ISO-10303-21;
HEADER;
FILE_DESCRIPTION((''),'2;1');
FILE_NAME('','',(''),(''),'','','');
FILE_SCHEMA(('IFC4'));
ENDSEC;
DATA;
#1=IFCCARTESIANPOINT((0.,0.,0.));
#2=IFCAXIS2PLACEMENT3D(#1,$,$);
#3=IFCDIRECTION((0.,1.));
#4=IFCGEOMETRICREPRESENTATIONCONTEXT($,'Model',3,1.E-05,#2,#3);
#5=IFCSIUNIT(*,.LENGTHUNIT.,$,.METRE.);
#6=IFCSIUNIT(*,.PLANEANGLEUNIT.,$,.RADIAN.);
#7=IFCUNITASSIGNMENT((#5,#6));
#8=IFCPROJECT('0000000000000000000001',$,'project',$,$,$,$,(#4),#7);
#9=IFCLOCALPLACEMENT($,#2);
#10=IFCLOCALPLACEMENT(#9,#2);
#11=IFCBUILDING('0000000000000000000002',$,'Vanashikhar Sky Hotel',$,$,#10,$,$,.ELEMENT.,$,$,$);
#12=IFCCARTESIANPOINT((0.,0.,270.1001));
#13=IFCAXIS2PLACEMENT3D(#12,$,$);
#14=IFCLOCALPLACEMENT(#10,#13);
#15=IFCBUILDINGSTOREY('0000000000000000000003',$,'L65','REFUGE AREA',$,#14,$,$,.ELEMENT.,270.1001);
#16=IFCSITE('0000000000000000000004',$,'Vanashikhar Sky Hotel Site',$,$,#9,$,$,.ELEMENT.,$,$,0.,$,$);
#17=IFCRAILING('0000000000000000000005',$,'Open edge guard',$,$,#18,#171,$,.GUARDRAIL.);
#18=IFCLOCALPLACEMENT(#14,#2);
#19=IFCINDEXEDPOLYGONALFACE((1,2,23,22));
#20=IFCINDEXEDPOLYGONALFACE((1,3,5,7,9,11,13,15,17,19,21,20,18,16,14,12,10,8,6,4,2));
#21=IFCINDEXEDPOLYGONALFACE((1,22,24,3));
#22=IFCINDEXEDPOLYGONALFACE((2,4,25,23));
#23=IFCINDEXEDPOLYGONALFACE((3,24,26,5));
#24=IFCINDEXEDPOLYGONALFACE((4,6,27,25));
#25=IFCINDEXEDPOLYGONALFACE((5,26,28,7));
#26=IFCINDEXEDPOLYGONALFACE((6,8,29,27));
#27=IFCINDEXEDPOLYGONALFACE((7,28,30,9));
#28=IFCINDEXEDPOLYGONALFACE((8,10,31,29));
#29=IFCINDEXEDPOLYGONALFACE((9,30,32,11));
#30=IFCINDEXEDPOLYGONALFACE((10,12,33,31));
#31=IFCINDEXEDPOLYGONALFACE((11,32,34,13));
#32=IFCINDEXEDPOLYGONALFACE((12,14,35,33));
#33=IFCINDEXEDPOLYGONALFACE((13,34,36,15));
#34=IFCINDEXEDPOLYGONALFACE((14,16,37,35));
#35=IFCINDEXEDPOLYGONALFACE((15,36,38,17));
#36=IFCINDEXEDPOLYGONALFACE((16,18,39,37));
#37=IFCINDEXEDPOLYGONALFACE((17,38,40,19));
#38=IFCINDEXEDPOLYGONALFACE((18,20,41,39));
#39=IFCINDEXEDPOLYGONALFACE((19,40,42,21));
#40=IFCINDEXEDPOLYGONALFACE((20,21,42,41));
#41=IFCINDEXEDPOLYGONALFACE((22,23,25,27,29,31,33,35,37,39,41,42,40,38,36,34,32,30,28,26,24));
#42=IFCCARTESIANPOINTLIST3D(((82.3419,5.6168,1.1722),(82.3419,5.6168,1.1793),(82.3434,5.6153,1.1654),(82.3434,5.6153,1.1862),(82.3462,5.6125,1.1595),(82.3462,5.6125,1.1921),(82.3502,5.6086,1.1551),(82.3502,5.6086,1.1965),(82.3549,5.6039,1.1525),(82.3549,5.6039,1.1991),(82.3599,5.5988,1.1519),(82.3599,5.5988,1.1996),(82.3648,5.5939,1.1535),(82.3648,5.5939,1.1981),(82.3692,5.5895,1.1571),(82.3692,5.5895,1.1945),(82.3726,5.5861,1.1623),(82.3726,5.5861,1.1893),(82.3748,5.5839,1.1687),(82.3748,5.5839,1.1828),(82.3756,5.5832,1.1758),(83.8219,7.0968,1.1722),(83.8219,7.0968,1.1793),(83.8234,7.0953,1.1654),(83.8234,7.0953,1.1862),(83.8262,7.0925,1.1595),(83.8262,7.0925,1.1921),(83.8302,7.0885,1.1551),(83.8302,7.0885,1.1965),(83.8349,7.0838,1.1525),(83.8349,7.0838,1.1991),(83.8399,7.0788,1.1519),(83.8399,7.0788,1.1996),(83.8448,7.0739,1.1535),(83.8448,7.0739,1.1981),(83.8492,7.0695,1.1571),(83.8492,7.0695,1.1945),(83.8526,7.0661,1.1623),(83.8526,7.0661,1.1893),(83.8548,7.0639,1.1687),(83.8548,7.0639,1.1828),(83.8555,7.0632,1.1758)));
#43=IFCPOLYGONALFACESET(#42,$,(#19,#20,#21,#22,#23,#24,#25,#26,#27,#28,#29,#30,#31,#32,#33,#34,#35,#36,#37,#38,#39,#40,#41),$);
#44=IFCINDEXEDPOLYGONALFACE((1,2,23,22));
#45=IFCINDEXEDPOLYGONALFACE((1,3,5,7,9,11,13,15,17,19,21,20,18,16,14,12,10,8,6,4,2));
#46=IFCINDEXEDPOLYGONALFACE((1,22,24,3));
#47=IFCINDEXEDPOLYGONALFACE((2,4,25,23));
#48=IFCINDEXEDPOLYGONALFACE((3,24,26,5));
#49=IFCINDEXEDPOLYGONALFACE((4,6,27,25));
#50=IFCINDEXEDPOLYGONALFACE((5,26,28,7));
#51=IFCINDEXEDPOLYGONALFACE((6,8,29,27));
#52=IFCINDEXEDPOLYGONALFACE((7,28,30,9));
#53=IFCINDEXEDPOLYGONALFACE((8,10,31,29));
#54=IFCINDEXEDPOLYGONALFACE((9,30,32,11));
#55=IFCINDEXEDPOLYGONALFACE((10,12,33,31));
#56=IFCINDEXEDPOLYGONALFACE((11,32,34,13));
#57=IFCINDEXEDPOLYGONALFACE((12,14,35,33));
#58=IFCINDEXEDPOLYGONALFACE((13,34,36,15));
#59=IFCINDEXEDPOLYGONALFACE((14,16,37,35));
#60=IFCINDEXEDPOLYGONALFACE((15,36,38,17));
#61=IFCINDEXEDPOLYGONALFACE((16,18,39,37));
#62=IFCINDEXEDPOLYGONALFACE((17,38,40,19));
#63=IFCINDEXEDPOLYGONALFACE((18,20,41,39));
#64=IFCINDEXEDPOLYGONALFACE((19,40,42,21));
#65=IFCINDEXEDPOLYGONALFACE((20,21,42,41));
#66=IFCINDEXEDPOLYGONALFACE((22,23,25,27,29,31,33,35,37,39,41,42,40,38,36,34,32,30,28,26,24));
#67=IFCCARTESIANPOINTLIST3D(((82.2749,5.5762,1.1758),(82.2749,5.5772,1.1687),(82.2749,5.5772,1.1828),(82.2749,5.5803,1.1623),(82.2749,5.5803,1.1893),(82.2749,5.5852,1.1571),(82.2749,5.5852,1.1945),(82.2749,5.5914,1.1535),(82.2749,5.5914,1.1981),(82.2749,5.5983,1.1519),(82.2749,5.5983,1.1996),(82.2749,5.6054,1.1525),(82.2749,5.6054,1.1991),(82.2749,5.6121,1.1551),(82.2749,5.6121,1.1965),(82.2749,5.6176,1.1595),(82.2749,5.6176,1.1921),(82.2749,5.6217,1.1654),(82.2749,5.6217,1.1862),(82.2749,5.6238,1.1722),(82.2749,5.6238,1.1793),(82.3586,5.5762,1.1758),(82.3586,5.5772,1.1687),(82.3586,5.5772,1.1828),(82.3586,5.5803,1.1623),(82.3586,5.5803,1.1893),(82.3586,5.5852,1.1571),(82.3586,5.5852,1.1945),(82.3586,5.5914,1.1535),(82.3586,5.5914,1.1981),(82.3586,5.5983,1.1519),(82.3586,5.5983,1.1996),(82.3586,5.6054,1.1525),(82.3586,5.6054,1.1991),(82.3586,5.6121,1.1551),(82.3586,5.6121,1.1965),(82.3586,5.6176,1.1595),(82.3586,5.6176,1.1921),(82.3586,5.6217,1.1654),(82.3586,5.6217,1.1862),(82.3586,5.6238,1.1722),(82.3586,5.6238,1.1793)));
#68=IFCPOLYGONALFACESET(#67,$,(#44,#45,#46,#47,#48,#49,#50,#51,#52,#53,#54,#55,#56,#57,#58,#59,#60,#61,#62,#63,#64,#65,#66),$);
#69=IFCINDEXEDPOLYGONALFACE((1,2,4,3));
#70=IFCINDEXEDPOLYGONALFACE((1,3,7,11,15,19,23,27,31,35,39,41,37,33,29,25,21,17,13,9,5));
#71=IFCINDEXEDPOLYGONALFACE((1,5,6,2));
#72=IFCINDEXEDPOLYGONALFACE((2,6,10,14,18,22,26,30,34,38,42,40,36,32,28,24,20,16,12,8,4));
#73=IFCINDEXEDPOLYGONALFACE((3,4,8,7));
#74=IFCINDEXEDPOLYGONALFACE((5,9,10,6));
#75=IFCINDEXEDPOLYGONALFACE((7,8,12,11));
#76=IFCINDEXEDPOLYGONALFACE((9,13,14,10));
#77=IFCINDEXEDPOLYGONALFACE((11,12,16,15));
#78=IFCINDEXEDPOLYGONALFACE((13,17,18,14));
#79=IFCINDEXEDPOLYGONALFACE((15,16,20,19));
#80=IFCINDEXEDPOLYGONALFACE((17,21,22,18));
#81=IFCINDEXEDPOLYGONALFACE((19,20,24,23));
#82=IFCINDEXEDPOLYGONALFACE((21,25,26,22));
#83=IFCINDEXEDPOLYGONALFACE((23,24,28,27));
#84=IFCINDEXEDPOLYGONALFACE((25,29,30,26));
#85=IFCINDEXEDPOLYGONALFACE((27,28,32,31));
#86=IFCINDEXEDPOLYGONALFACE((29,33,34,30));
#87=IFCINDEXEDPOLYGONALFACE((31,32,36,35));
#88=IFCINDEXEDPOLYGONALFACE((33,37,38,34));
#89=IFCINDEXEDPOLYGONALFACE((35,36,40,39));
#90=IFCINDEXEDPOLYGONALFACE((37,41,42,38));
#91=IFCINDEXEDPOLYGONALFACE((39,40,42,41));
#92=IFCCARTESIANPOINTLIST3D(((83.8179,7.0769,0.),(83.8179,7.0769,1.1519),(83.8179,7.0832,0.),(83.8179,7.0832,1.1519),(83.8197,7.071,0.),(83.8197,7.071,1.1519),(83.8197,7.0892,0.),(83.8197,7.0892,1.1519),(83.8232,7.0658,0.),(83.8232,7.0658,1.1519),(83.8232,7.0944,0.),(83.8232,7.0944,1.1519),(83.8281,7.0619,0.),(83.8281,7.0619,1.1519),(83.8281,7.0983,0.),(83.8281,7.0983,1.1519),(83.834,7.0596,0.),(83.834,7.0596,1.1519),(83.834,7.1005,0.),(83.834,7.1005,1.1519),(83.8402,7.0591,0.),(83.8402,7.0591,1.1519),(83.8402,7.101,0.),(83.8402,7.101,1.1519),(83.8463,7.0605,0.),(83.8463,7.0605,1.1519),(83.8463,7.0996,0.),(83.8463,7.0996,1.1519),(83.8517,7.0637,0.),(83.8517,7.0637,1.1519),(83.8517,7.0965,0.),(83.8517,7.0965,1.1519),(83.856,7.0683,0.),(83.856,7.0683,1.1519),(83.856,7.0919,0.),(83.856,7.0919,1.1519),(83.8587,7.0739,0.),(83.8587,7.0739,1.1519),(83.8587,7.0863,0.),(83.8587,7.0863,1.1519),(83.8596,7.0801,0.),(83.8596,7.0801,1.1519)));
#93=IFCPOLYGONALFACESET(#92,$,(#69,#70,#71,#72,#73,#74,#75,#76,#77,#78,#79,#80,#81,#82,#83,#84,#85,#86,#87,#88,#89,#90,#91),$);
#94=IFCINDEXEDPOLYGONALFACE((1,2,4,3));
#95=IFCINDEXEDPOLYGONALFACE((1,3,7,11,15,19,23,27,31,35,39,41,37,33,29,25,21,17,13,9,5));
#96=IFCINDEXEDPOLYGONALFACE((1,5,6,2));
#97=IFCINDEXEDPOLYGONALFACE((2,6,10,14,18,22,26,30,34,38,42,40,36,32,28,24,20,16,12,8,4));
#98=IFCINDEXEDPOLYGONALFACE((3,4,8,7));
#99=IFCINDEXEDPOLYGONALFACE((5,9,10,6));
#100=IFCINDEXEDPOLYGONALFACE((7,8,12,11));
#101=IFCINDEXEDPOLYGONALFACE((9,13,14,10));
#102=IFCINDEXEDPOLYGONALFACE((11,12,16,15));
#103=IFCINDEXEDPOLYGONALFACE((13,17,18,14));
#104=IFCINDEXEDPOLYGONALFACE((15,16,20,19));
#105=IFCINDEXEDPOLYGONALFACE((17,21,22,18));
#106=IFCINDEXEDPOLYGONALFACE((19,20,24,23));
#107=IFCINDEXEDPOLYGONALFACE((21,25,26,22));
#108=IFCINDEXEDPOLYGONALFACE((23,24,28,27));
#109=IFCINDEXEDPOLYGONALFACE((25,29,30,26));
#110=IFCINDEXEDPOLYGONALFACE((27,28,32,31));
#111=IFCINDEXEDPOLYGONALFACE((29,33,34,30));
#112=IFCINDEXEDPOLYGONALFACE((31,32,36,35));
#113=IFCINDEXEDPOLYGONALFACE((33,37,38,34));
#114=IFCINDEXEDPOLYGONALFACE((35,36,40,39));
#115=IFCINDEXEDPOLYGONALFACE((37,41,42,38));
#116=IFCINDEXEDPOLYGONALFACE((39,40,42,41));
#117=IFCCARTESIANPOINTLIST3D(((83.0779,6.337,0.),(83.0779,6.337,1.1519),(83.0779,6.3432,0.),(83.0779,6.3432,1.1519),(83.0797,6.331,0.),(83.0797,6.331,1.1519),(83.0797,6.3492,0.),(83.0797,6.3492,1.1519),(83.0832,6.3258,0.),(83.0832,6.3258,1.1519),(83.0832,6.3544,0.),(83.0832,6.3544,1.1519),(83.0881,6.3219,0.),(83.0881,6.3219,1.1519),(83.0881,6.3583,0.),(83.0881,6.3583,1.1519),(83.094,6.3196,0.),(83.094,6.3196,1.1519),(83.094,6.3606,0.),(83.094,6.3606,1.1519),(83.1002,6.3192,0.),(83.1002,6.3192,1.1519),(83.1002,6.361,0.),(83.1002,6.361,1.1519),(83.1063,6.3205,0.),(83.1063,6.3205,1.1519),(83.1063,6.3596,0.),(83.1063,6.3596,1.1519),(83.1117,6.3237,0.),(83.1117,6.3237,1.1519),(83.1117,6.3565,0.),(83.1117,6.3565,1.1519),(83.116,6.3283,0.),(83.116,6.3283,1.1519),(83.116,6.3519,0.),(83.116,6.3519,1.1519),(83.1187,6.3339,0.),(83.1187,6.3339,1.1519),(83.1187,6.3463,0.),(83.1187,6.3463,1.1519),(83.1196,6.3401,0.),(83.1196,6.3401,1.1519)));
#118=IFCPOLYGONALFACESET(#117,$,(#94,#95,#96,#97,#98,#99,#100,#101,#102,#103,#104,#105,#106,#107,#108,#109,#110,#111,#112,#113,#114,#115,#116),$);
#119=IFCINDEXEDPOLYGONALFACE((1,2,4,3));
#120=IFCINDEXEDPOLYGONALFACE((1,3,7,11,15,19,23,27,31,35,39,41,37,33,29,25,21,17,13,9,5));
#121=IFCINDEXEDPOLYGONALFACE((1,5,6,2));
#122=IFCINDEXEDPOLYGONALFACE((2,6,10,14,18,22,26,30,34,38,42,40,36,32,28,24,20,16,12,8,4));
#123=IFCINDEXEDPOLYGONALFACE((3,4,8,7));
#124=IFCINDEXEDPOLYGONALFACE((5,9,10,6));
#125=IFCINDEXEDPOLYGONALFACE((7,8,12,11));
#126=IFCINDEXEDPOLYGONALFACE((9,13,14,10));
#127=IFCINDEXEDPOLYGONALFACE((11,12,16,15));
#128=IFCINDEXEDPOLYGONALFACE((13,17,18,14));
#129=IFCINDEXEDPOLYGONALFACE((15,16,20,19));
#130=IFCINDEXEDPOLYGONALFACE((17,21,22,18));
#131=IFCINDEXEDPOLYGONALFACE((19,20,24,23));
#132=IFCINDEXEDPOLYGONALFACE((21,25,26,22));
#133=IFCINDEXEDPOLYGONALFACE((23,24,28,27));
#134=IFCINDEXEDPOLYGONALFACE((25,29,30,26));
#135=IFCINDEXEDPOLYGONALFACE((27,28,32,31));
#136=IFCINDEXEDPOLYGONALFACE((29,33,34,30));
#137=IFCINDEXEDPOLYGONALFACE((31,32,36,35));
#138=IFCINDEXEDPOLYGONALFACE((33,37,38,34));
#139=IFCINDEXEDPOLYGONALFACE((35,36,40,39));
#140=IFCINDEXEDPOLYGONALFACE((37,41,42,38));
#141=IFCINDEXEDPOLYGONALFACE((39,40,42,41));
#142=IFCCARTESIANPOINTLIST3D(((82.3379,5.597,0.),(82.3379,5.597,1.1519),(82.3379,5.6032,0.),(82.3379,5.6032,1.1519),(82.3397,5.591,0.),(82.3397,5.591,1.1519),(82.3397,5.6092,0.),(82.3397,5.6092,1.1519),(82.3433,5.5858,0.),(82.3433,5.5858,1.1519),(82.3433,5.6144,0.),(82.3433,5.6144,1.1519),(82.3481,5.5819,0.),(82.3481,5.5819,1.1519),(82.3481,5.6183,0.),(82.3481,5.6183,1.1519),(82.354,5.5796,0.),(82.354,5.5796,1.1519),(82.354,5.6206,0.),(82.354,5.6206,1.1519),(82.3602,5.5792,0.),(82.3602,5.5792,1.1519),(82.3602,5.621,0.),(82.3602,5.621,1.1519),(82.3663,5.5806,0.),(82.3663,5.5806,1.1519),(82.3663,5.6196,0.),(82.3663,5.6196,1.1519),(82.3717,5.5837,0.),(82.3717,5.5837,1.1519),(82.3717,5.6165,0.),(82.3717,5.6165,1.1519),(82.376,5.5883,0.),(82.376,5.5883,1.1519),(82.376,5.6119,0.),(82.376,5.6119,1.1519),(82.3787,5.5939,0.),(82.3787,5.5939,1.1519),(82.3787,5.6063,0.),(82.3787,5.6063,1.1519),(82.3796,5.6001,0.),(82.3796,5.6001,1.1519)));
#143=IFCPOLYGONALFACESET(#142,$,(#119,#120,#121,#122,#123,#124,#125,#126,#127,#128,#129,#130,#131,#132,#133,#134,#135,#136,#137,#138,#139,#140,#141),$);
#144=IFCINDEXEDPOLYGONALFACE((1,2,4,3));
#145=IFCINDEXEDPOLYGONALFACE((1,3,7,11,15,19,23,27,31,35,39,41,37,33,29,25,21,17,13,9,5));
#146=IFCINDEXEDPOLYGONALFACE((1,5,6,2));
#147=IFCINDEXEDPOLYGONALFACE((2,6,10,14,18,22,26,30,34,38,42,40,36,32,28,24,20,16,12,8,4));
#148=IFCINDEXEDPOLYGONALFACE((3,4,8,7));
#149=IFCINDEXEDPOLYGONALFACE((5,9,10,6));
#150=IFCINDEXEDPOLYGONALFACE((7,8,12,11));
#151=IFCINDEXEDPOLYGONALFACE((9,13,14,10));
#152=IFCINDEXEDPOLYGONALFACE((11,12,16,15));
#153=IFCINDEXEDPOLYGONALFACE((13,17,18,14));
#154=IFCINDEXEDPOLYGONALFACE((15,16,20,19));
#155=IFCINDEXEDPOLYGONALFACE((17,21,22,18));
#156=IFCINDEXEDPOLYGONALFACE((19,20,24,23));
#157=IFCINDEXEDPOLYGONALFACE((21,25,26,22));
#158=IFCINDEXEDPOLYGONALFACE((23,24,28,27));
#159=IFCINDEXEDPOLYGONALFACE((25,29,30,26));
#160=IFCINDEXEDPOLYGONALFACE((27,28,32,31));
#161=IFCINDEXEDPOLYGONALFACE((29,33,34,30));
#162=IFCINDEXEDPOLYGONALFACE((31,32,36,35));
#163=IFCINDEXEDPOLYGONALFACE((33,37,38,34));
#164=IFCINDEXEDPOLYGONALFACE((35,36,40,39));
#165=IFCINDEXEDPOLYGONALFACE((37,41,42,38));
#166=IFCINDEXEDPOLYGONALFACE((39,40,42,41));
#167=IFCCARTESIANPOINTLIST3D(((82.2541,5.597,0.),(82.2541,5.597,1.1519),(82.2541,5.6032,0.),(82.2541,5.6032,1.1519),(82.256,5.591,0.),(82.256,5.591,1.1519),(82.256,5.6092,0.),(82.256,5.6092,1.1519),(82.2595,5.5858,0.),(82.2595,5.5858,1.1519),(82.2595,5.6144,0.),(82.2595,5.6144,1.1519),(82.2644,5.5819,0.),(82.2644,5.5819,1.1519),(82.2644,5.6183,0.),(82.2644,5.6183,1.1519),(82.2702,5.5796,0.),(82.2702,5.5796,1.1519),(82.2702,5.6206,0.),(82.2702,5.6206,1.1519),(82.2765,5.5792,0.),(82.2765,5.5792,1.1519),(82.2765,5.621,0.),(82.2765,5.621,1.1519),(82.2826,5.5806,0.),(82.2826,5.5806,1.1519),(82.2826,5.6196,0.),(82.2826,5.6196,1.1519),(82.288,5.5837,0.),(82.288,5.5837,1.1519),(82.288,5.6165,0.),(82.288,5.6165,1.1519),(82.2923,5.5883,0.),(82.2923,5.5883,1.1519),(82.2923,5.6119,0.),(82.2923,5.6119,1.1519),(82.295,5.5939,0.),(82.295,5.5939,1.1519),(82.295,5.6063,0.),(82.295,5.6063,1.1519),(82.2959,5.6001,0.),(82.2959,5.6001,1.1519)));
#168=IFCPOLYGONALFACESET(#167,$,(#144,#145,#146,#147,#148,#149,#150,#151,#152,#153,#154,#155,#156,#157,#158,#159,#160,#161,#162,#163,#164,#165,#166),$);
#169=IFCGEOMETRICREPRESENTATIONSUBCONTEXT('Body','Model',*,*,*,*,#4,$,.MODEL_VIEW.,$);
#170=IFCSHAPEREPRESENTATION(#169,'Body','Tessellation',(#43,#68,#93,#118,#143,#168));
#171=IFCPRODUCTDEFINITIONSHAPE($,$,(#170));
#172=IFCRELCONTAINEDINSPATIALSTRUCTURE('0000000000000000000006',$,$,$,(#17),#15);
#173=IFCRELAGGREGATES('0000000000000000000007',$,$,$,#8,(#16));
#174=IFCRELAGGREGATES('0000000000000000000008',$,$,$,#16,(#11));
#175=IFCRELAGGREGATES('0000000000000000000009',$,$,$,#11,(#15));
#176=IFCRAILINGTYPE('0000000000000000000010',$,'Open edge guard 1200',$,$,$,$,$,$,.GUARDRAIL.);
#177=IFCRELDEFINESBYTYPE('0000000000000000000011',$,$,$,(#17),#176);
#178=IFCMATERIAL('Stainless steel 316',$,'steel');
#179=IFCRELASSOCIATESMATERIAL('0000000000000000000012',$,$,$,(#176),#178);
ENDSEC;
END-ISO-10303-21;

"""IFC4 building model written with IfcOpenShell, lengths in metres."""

from ifc_helpers import new_model, si_unit, direction, frame, origin, origin_2d, place, context, subcontext, project, spatial, circle, extrude, source, transform, mapped, material, type_object, element, save


model = new_model("IFC4")

# Units and contexts
model_context = context("Model", 3, precision=1e-05, world=origin(), true_north=direction((0.0, 1.0)))
body_context = subcontext(model_context, "Body", "Model", "MODEL_VIEW")
ifc_project = project(units=[si_unit("LENGTHUNIT", "METRE"), si_unit("PLANEANGLEUNIT", "RADIAN")], contexts=[model_context])

# Site, building, storey
site_placement = place(None, origin())
site = spatial("IfcSite", under=ifc_project, at=site_placement, Name="Vanashikhar Sky Hotel Site", CompositionType="ELEMENT", RefElevation=0.0)
building_placement = place(site_placement, origin())
building = spatial("IfcBuilding", under=site, at=building_placement, Name="Vanashikhar Sky Hotel", CompositionType="ELEMENT")
storey_placement = place(building_placement, frame((0.0, 0.0, 270.1001)))
storey = spatial("IfcBuildingStorey", under=building, at=storey_placement, Name="L65", Description="REFUGE AREA", CompositionType="ELEMENT", Elevation=270.1001)

# Railing
ifc_material_1 = material(Name="Stainless steel 316", Category="steel")
railing_type = type_object("IfcRailingType", Name="Open edge guard 1200", PredefinedType="GUARDRAIL", material=ifc_material_1)
shared_shape_1 = source(origin(), body_context, "Body", "SweptSolid", [
    extrude(circle(Radius=0.0239, at=origin_2d()), frame((0.0, 0.0, 1.1758), z_axis=(-0.707107, -0.707107, 0.0), x_axis=(0.707107, -0.707107, 0.0)), (0.0, 0.0, 1.0), 2.093),
    extrude(circle(Radius=0.0239, at=origin_2d()), frame((-1.48, -1.48, 1.1758), z_axis=(-1.0, 0.0, 0.0), x_axis=(0.0, -1.0, 0.0)), (0.0, 0.0, 1.0), 0.0837),
    extrude(circle(Radius=0.021, at=origin_2d()), origin(), (0.0, 0.0, 1.0), 1.1519),
    extrude(circle(Radius=0.021, at=origin_2d()), frame((-0.74, -0.74, 0.0)), (0.0, 0.0, 1.0), 1.1519),
    extrude(circle(Radius=0.021, at=origin_2d()), frame((-1.48, -1.48, 0.0)), (0.0, 0.0, 1.0), 1.1519),
    extrude(circle(Radius=0.021, at=origin_2d()), frame((-1.5637, -1.48, 0.0)), (0.0, 0.0, 1.0), 1.1519),
])
railing_1_placement = place(storey_placement, frame((83.8386, 7.0801, 0.0)))
element("IfcRailing", 1, at=railing_1_placement, inside=storey, type_object=railing_type, Name="Open edge guard", PredefinedType="GUARDRAIL", context=body_context, shape_type="MappedRepresentation", body=[
    mapped(shared_shape_1, transform((0.0, 0.0, 0.0), scale=1.0)),
])

save(model, "model.ifc")
